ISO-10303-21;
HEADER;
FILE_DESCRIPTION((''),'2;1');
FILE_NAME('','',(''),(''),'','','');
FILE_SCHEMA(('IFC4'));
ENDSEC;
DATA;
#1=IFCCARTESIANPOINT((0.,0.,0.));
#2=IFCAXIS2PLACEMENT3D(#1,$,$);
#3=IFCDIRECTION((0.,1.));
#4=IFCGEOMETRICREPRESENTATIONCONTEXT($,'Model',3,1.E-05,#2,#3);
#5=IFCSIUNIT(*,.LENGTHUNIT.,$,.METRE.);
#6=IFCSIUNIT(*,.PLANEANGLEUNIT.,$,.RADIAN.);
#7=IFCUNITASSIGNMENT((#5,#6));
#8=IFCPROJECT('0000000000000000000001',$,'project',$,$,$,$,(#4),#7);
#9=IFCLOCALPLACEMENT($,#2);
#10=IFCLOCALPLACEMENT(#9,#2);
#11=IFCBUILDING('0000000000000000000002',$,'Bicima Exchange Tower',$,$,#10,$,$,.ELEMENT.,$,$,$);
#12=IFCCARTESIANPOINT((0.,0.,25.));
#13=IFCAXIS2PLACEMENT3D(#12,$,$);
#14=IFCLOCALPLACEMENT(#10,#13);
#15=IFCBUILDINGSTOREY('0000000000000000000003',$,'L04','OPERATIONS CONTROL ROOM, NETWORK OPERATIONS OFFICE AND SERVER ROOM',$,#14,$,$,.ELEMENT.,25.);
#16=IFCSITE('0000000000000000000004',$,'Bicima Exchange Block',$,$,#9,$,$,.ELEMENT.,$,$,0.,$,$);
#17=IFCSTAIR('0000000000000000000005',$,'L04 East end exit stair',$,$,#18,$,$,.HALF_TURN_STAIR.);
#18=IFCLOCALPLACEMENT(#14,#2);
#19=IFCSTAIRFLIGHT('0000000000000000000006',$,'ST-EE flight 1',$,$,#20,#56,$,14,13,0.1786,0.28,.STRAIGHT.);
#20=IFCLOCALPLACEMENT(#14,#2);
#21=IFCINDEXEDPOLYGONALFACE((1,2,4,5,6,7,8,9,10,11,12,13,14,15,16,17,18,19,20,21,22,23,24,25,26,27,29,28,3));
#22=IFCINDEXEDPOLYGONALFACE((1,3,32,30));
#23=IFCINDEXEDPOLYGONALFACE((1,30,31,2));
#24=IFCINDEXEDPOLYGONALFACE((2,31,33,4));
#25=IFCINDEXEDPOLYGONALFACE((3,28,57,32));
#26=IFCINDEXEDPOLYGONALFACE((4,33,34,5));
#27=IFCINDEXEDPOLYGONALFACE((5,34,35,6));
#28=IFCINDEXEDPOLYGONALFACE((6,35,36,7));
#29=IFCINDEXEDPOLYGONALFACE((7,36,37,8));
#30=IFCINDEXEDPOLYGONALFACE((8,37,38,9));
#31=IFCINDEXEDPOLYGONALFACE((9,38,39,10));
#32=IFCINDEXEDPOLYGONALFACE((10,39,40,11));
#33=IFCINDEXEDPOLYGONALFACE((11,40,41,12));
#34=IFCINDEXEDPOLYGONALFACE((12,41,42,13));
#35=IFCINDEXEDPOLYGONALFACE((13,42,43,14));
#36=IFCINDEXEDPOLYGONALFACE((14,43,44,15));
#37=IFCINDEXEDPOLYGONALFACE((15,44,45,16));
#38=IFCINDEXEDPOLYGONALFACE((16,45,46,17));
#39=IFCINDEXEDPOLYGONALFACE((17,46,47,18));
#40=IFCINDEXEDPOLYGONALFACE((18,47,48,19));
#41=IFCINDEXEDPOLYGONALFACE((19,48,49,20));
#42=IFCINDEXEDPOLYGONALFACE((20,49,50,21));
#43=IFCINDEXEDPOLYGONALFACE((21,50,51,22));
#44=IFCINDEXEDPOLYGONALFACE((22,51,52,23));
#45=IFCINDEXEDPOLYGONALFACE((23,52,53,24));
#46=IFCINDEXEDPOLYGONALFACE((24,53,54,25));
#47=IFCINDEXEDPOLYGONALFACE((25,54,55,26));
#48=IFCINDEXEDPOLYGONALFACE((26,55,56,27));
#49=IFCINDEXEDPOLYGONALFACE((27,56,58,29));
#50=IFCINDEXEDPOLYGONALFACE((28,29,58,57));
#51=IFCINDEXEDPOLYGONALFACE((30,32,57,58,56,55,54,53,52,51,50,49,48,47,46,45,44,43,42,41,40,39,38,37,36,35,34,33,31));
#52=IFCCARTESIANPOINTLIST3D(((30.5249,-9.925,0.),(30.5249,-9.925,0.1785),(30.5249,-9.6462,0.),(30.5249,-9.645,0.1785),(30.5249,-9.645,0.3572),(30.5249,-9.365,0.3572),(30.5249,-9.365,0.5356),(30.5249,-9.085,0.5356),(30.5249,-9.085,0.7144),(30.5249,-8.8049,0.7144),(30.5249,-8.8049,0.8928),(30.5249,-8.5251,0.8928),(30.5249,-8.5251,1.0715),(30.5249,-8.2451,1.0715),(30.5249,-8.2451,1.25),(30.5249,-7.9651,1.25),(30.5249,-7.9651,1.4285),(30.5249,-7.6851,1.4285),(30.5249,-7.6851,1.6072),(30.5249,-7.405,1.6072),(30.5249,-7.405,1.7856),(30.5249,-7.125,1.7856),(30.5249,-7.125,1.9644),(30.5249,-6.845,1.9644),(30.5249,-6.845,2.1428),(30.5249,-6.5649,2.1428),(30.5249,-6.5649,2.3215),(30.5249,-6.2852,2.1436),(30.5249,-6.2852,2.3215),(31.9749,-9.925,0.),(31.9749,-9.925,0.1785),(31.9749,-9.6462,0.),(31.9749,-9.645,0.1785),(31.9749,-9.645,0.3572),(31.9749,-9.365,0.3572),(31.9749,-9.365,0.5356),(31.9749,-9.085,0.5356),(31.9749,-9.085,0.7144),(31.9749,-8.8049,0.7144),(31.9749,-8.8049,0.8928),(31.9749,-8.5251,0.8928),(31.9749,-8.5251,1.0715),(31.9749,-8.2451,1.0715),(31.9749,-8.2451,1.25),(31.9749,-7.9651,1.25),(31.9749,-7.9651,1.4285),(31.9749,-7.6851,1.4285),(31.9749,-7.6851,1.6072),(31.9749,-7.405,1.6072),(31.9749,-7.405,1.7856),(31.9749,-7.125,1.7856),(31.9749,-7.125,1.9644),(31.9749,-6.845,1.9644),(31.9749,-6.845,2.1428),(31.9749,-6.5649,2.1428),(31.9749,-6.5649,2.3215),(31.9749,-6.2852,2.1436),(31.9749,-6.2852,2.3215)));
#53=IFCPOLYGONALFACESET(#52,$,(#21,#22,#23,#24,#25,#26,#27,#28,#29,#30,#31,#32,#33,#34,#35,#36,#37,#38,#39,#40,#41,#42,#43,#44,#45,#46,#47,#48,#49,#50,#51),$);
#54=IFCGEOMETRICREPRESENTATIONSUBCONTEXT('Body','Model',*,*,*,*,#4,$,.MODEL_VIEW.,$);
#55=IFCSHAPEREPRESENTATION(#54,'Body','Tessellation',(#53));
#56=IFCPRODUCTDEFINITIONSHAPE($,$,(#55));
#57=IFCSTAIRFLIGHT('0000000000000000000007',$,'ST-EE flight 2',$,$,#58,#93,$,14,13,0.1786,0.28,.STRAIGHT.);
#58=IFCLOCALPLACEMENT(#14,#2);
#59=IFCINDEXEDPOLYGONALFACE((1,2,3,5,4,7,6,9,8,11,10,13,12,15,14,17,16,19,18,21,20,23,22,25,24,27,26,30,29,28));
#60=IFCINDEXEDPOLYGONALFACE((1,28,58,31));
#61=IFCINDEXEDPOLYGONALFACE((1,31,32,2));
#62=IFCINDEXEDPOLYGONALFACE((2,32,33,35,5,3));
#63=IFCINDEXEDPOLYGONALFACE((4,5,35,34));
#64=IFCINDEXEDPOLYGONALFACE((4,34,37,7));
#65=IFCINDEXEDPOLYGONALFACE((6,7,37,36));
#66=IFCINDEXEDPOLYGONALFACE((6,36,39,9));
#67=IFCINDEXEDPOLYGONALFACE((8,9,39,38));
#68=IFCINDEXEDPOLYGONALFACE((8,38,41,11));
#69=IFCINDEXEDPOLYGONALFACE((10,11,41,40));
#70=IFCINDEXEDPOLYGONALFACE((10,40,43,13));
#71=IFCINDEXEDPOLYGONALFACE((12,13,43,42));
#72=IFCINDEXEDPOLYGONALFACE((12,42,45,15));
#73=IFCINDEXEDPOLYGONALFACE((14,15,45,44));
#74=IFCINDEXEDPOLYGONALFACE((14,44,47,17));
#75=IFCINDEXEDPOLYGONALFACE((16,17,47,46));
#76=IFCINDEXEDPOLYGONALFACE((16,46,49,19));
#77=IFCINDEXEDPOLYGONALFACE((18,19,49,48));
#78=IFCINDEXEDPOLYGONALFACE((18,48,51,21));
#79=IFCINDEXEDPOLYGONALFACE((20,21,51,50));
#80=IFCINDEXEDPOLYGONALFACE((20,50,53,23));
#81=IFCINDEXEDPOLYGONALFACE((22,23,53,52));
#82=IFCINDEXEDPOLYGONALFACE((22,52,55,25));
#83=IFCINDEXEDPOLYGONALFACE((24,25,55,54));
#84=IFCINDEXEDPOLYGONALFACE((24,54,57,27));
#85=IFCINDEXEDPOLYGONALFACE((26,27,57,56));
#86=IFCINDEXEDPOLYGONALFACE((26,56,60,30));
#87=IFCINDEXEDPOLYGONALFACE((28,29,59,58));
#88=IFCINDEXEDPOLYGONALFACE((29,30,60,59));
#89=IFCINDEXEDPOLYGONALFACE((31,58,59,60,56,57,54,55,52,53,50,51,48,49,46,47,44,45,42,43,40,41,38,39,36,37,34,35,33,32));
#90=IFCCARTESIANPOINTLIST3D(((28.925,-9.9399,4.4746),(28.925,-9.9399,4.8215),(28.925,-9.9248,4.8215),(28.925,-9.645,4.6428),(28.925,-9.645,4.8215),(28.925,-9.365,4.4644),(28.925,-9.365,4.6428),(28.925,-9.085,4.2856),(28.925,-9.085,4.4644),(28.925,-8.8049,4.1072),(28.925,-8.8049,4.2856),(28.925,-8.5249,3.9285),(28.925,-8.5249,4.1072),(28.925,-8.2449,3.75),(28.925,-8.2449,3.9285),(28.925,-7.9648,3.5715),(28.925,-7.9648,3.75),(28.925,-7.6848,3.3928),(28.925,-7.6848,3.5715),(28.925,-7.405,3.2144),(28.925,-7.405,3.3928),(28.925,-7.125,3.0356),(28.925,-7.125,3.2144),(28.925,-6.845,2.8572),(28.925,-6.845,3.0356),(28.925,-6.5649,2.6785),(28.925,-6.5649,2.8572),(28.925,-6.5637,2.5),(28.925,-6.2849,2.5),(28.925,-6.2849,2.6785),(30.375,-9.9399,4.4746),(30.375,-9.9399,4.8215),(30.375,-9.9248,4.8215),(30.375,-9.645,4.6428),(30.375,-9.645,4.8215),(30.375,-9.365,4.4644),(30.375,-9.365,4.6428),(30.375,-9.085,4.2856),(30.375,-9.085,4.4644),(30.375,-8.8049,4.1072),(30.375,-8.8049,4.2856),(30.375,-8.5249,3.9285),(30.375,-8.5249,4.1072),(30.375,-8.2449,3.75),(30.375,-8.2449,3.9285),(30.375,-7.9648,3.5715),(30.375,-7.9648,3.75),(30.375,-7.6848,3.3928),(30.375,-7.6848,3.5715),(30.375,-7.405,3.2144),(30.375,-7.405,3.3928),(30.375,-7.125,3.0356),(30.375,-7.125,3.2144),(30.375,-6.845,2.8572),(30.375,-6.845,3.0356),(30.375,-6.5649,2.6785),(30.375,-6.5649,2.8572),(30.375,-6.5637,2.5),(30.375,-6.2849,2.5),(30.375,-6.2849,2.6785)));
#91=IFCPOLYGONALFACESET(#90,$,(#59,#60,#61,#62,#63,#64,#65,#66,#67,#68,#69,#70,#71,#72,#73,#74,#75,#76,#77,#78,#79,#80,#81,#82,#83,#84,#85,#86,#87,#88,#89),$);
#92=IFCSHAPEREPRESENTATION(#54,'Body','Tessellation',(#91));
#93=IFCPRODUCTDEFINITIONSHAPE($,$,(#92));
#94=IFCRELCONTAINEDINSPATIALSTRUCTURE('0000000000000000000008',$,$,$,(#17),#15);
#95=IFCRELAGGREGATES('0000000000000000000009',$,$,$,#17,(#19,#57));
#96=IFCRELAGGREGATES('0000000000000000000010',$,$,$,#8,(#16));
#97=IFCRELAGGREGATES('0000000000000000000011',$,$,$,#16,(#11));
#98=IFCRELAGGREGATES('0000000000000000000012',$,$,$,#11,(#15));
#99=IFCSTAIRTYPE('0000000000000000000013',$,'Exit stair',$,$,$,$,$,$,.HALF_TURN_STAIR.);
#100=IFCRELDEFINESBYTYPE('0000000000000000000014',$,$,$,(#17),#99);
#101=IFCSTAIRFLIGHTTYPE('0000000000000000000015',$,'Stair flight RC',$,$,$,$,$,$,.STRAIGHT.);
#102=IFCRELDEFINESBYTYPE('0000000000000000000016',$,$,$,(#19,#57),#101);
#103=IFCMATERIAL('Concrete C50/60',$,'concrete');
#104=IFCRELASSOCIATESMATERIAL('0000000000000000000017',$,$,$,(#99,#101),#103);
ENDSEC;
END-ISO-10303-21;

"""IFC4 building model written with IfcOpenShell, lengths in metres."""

from ifc_helpers import new_model, si_unit, direction, frame, origin, place, context, subcontext, project, spatial, polyline, outline, extrude, material, type_object, element, aggregate, save


model = new_model("IFC4")

# Units and contexts
model_context = context("Model", 3, precision=1e-05, world=origin(), true_north=direction((0.0, 1.0)))
body_context = subcontext(model_context, "Body", "Model", "MODEL_VIEW")
ifc_project = project(units=[si_unit("LENGTHUNIT", "METRE"), si_unit("PLANEANGLEUNIT", "RADIAN")], contexts=[model_context])

# Site, building, storey
site_placement = place(None, origin())
site = spatial("IfcSite", under=ifc_project, at=site_placement, Name="Bicima Exchange Block", CompositionType="ELEMENT", RefElevation=0.0)
building_placement = place(site_placement, origin())
building = spatial("IfcBuilding", under=site, at=building_placement, Name="Bicima Exchange Tower", CompositionType="ELEMENT")
storey_placement = place(building_placement, frame((0.0, 0.0, 25.0)))
storey = spatial("IfcBuildingStorey", under=building, at=storey_placement, Name="L04", Description="OPERATIONS CONTROL ROOM, NETWORK OPERATIONS OFFICE AND SERVER ROOM", CompositionType="ELEMENT", Elevation=25.0)

# Shared definitions
ifc_material_1 = material(Name="Concrete C50/60", Category="concrete")

# Stair, stair flights
stair_type = type_object("IfcStairType", Name="Exit stair", PredefinedType="HALF_TURN_STAIR", material=ifc_material_1)
stair_placement = place(storey_placement, origin())
stair = element("IfcStair", 1, at=stair_placement, inside=storey, type_object=stair_type, Name="L04 East end exit stair", PredefinedType="HALF_TURN_STAIR")
stair_flight_type = type_object("IfcStairFlightType", Name="Stair flight RC", PredefinedType="STRAIGHT", material=ifc_material_1)
stair_flight_1_placement = place(storey_placement, frame((31.25, -9.925, 0.0), z_axis=(0.0, 0.0, 1.0), x_axis=(0.0, 1.0, 0.0)))
stair_flight_1 = element("IfcStairFlight", 2, at=stair_flight_1_placement, type_object=stair_flight_type, Name="ST-EE flight 1", NumberOfRisers=14, NumberOfTreads=13, PredefinedType="STRAIGHT", RiserHeight=0.1786, TreadLength=0.28, context=body_context, shape_type="SweptSolid", body=[
    extrude(outline(polyline([(0.0, 0.0), (0.0, 0.1785), (0.28, 0.1785), (0.28, 0.3572), (0.5601, 0.3572), (0.5601, 0.5356), (0.8401, 0.5356), (0.8401, 0.7144), (1.1201, 0.7144), (1.1201, 0.8928), (1.3999, 0.8928), (1.3999, 1.0715), (1.6799, 1.0715), (1.6799, 1.25), (1.96, 1.25), (1.96, 1.4285), (2.24, 1.4285), (2.24, 1.6072), (2.52, 1.6072), (2.52, 1.7856), (2.8, 1.7856), (2.8, 1.9644), (3.0801, 1.9644), (3.0801, 2.1428), (3.3601, 2.1428), (3.3601, 2.3215), (3.6399, 2.3215), (3.6399, 2.5), (3.6399, 2.1436), (0.2788, 0.0), (0.0, 0.0)])), frame((0.0, 0.7251, 0.0), z_axis=(0.0, -1.0, 0.0), x_axis=(1.0, 0.0, 0.0)), (0.0, 0.0, 1.0), 1.45),
])
stair_flight_2_placement = place(storey_placement, frame((29.6499, -6.2849, 2.5), z_axis=(0.0, 0.0, 1.0), x_axis=(0.0, -1.0, 0.0)))
stair_flight_2 = element("IfcStairFlight", 3, at=stair_flight_2_placement, type_object=stair_flight_type, Name="ST-EE flight 2", NumberOfRisers=14, NumberOfTreads=13, PredefinedType="STRAIGHT", RiserHeight=0.1786, TreadLength=0.28, context=body_context, shape_type="SweptSolid", body=[
    extrude(outline(polyline([(0.0, 0.0), (0.0, 0.1785), (0.28, 0.1785), (0.28, 0.3572), (0.5601, 0.3572), (0.5601, 0.5356), (0.8401, 0.5356), (0.8401, 0.7144), (1.1201, 0.7144), (1.1201, 0.8928), (1.3999, 0.8928), (1.3999, 1.0715), (1.6799, 1.0715), (1.6799, 1.25), (1.96, 1.25), (1.96, 1.4285), (2.24, 1.4285), (2.24, 1.6072), (2.52, 1.6072), (2.52, 1.7856), (2.8, 1.7856), (2.8, 1.9644), (3.0801, 1.9644), (3.0801, 2.1428), (3.3601, 2.1428), (3.3601, 2.3215), (3.6399, 2.3215), (3.655, 2.3215), (3.655, 1.9746), (0.2788, 0.0), (0.0, 0.0)])), frame((0.0, 0.7251, 0.0), z_axis=(0.0, -1.0, 0.0), x_axis=(1.0, 0.0, 0.0)), (0.0, 0.0, 1.0), 1.45),
])
aggregate(stair, [stair_flight_1, stair_flight_2])

save(model, "model.ifc")
